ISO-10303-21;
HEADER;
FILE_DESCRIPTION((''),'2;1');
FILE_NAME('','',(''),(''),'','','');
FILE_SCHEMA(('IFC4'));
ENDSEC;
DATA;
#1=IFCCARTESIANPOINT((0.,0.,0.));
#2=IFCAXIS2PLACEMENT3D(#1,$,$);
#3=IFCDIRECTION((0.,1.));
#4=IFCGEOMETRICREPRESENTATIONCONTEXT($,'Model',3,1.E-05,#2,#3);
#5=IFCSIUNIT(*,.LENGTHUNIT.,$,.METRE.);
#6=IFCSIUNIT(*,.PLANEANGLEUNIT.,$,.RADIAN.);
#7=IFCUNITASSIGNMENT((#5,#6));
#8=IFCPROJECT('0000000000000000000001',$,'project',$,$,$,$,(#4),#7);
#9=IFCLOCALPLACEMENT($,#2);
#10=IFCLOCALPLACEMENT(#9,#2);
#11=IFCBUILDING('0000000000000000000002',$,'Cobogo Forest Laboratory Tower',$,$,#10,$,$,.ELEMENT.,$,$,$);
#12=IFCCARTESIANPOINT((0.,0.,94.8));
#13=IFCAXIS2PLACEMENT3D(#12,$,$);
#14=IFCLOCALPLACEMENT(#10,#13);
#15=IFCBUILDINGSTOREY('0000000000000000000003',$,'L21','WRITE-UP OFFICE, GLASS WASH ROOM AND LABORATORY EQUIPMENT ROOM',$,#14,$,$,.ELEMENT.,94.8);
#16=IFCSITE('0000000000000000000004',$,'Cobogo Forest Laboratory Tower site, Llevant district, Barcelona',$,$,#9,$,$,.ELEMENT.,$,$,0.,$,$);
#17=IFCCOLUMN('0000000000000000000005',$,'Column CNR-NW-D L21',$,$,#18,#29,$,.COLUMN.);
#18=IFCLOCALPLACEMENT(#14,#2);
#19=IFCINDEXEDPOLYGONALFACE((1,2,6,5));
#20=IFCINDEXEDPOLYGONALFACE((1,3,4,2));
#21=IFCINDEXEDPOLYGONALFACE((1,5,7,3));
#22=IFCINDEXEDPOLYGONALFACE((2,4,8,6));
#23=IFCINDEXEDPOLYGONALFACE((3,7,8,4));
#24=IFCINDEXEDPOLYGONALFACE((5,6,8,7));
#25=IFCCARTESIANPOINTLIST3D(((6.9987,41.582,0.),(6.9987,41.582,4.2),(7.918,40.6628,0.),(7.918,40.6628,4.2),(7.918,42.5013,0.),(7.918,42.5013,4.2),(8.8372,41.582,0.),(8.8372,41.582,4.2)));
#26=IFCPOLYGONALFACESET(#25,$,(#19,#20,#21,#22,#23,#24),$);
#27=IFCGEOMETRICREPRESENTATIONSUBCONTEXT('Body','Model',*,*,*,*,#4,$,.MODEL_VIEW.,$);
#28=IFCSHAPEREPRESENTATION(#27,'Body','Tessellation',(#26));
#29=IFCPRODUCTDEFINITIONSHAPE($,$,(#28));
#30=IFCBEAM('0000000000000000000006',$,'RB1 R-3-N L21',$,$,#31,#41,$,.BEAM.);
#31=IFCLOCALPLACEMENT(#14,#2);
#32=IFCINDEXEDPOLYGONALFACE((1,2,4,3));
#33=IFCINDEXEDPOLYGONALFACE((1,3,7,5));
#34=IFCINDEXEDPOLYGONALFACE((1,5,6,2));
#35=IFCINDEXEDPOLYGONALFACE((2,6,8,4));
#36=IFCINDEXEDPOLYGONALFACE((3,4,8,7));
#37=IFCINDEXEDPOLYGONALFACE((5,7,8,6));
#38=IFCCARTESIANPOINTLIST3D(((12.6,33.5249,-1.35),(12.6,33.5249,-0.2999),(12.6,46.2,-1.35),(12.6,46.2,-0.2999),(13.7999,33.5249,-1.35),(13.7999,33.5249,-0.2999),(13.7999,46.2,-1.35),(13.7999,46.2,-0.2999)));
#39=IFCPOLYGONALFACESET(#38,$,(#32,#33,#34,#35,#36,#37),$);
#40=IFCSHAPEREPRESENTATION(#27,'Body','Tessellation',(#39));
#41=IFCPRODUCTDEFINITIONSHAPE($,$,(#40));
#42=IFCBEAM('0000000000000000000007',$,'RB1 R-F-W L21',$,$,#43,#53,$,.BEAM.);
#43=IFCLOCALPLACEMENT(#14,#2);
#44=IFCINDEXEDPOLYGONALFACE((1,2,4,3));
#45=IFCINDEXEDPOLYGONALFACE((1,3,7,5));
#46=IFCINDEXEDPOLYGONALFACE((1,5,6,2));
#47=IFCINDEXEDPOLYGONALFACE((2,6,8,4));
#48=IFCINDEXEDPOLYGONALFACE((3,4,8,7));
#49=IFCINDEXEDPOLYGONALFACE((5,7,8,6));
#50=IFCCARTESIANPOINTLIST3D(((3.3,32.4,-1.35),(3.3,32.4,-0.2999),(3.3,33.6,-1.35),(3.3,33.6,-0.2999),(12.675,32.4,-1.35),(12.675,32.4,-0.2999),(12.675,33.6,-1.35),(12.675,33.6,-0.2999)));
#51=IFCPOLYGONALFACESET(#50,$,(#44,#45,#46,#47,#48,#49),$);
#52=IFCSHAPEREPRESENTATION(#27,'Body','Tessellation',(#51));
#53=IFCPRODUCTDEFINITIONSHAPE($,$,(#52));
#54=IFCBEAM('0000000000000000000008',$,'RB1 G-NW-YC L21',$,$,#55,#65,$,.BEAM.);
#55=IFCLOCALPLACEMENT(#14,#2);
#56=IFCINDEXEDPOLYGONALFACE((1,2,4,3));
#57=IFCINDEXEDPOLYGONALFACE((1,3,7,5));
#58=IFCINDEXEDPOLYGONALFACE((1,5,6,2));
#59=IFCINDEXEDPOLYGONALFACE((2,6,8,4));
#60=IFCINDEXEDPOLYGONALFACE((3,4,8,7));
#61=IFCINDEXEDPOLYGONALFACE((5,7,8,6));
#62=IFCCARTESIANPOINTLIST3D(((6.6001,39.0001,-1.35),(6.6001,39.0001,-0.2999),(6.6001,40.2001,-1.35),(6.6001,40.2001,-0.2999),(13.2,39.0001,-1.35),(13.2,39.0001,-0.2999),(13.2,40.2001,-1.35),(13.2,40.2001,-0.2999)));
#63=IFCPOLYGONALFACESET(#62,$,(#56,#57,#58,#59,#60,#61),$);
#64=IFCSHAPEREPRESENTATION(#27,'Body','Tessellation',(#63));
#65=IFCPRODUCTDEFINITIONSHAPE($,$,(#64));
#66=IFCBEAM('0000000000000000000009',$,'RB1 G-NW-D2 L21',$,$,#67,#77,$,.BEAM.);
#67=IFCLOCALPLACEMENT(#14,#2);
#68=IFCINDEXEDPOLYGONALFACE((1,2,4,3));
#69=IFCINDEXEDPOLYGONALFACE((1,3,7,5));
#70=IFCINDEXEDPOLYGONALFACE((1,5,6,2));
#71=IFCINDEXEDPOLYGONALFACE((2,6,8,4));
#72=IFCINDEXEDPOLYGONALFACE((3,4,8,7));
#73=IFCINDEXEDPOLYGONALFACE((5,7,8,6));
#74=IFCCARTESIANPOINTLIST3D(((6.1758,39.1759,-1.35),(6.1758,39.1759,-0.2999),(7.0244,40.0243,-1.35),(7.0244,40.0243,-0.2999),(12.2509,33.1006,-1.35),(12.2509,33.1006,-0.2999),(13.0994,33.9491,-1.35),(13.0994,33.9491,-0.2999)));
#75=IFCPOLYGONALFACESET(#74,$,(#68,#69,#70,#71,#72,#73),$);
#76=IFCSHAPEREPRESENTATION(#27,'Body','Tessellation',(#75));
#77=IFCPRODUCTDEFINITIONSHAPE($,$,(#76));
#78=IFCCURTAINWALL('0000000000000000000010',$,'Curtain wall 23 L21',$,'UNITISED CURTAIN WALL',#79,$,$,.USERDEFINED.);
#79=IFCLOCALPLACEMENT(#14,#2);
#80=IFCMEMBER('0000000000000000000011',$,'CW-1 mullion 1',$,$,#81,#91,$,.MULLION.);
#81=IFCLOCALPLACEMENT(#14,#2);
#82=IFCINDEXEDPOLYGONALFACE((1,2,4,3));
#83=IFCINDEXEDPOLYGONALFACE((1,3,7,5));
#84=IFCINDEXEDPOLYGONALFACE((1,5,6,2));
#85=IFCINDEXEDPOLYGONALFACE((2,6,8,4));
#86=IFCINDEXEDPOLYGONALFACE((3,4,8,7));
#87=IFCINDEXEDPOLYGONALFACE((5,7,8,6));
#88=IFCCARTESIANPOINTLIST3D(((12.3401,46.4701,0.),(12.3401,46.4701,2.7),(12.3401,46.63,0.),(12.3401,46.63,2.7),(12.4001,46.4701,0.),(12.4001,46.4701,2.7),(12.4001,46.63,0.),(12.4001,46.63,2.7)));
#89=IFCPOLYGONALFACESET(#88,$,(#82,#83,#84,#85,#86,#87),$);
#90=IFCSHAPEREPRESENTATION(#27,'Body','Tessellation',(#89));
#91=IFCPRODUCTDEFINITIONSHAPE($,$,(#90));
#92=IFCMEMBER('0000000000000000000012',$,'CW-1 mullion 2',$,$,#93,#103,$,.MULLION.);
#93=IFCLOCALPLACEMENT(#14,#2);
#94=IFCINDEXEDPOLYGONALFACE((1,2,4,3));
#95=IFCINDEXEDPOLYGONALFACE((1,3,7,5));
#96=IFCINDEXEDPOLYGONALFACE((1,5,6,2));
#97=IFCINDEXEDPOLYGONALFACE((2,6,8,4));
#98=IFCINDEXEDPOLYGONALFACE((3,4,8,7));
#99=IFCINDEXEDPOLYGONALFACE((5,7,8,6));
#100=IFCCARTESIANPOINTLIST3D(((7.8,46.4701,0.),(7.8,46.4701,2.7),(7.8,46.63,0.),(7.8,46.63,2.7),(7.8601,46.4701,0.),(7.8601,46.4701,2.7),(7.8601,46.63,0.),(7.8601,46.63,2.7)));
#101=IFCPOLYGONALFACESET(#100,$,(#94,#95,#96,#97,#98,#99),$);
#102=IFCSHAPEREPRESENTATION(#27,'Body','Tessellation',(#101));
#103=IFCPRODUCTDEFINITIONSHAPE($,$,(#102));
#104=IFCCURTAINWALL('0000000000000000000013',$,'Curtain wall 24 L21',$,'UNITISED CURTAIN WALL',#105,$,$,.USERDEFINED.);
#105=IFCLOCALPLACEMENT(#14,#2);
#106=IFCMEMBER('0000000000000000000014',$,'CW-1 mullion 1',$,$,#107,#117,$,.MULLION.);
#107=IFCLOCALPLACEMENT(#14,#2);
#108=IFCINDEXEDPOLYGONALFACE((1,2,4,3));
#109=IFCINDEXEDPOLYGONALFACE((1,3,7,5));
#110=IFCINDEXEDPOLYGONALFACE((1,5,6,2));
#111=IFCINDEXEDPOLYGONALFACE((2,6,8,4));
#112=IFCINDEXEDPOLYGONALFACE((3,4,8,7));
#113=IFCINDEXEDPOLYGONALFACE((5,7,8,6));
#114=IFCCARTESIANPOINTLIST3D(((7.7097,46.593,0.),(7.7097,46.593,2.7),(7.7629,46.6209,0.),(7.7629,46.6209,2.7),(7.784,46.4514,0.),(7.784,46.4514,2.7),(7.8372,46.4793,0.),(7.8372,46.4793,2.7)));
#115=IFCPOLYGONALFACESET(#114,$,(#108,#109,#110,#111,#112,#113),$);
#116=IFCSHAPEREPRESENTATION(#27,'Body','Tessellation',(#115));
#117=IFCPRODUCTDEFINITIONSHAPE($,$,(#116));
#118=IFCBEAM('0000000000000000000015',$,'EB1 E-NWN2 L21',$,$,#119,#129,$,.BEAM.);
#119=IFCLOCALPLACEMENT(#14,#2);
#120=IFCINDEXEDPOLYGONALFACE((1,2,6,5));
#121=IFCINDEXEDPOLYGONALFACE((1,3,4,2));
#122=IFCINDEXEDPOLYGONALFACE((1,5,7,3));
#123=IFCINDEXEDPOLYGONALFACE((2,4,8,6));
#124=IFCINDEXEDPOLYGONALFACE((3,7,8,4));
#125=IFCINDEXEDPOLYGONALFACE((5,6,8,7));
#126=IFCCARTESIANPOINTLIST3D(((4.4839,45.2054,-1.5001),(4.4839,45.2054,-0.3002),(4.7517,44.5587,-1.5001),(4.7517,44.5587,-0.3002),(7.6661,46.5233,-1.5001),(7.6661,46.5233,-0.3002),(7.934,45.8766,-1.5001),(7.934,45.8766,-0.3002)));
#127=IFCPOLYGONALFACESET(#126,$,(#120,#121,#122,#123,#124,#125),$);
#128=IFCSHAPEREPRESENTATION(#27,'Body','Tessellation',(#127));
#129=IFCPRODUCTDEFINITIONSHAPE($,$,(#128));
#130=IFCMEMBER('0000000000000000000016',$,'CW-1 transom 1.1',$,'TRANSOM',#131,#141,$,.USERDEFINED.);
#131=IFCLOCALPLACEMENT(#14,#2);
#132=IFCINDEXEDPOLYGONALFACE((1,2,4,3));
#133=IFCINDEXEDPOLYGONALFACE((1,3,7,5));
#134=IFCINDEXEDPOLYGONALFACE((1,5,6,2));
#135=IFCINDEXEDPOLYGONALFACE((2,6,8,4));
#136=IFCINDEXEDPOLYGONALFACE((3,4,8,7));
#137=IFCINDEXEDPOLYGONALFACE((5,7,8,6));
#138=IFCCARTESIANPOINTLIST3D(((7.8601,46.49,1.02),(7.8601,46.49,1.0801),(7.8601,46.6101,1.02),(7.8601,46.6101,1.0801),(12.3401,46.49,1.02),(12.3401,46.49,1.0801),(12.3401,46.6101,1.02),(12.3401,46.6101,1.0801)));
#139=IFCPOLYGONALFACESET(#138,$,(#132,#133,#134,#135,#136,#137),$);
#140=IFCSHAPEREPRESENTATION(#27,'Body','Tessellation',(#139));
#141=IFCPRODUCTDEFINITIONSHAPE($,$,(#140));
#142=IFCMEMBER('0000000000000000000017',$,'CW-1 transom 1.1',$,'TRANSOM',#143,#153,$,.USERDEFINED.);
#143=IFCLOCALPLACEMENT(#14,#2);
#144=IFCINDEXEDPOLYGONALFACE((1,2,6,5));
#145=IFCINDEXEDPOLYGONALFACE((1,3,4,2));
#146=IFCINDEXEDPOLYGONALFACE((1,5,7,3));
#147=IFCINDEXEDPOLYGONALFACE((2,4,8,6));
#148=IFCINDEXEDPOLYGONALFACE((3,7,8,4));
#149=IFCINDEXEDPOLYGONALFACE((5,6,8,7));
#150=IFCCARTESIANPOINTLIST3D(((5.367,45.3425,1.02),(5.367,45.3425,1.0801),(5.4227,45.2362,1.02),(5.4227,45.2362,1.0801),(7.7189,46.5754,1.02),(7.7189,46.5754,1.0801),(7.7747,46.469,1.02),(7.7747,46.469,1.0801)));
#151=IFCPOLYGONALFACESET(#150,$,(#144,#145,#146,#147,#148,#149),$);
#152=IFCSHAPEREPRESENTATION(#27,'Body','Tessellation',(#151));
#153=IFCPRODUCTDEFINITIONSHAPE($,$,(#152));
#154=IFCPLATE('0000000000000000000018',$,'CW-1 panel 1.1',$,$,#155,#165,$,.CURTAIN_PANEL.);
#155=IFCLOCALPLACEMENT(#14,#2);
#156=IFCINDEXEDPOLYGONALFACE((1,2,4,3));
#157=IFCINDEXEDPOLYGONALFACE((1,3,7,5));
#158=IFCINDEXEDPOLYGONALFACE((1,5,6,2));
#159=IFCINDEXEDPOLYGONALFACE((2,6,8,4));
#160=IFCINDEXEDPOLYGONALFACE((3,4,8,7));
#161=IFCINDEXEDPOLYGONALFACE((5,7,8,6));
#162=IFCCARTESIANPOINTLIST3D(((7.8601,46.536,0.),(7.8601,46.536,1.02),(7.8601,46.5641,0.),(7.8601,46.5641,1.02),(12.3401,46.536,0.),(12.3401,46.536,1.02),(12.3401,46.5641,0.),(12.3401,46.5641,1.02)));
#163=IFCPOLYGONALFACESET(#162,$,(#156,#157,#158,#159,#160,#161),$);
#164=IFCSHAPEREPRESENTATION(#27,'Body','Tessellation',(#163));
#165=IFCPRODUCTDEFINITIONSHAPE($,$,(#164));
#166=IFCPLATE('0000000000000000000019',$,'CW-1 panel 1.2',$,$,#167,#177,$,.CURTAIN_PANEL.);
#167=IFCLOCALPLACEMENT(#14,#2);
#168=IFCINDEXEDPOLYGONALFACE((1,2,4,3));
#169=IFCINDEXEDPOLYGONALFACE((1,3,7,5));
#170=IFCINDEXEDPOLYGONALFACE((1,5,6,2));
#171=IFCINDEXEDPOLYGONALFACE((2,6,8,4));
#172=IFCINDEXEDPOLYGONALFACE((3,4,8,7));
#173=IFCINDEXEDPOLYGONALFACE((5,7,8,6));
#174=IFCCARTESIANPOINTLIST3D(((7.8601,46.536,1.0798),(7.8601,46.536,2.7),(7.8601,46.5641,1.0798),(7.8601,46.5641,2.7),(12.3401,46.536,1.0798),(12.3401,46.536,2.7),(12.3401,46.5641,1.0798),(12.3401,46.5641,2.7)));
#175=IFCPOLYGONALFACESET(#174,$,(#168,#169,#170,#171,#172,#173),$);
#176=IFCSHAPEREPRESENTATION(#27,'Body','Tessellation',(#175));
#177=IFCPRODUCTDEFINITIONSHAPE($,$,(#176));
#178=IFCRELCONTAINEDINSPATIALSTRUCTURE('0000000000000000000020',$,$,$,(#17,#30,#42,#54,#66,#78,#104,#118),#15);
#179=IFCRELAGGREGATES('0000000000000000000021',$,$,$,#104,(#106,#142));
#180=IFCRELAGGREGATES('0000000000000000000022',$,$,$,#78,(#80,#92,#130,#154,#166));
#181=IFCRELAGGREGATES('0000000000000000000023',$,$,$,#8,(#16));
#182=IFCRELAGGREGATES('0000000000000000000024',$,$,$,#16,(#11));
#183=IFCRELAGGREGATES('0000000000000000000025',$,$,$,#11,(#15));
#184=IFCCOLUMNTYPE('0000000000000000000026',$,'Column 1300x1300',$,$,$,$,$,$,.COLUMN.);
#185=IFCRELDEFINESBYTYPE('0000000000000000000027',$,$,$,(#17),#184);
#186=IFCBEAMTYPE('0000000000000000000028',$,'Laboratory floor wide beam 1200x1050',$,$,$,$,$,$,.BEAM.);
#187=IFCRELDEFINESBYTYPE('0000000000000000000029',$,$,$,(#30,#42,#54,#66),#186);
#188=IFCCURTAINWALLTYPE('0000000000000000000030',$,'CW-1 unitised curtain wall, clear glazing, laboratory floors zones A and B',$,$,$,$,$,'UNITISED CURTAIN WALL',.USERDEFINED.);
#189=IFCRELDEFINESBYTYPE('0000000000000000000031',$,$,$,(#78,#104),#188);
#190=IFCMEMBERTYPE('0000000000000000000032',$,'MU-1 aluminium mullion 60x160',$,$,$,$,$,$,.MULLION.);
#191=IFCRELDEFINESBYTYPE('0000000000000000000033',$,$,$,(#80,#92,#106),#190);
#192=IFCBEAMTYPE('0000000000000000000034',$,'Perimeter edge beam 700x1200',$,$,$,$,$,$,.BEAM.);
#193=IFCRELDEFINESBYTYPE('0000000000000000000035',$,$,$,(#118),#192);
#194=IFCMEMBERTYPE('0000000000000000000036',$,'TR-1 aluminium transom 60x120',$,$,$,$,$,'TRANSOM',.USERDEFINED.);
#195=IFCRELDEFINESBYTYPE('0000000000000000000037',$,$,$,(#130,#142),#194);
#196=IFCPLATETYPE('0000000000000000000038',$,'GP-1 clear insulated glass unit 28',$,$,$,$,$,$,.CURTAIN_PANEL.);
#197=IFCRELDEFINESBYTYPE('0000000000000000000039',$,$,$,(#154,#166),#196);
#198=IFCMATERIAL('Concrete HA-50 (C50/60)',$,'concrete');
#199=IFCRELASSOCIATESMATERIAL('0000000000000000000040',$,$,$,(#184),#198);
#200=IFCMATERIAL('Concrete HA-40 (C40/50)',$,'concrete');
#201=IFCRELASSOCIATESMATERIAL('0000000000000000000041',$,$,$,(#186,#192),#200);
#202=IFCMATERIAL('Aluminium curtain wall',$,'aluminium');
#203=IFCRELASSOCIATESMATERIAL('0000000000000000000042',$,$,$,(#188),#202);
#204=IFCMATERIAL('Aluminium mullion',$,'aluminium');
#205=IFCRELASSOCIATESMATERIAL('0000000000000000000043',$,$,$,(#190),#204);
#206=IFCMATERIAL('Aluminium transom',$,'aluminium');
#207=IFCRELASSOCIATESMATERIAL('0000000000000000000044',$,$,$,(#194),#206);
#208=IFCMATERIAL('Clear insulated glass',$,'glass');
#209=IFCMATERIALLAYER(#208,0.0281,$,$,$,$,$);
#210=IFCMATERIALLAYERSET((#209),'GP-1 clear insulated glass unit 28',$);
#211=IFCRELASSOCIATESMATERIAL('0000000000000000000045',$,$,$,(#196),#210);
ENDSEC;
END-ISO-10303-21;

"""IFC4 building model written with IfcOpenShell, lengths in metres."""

from ifc_helpers import new_model, si_unit, direction, frame, origin, origin_2d, place, context, subcontext, project, spatial, rectangle, extrude, material, layer, layer_set, material_profile, profile_set, type_object, element, aggregate, save


model = new_model("IFC4")

# Units and contexts
model_context = context("Model", 3, precision=1e-05, world=origin(), true_north=direction((0.0, 1.0)))
body_context = subcontext(model_context, "Body", "Model", "MODEL_VIEW")
ifc_project = project(units=[si_unit("LENGTHUNIT", "METRE"), si_unit("PLANEANGLEUNIT", "RADIAN")], contexts=[model_context])

# Site, building, storey
site_placement = place(None, origin())
site = spatial("IfcSite", under=ifc_project, at=site_placement, Name="Cobogo Forest Laboratory Tower site, Llevant district, Barcelona", CompositionType="ELEMENT", RefElevation=0.0)
building_placement = place(site_placement, origin())
building = spatial("IfcBuilding", under=site, at=building_placement, Name="Cobogo Forest Laboratory Tower", CompositionType="ELEMENT")
storey_placement = place(building_placement, frame((0.0, 0.0, 94.8)))
storey = spatial("IfcBuildingStorey", under=building, at=storey_placement, Name="L21", Description="WRITE-UP OFFICE, GLASS WASH ROOM AND LABORATORY EQUIPMENT ROOM", CompositionType="ELEMENT", Elevation=94.8)

# Column
ifc_material_1 = material(Name="Concrete HA-50 (C50/60)", Category="concrete")
ifc_material_profile_1 = material_profile(ifc_material_1, rectangle(XDim=1.3, YDim=1.3, at=origin_2d()), Name="RC 1300x1300")
ifc_profile_set_1 = profile_set([ifc_material_profile_1], Name="Concrete HA-50 (C50/60)")
column_type = type_object("IfcColumnType", Name="Column 1300x1300", PredefinedType="COLUMN", material=ifc_profile_set_1)
column_placement = place(storey_placement, frame((7.918, 41.582, 0.0), z_axis=(0.0, 0.0, 1.0), x_axis=(0.707107, 0.707107, 0.0)))
element("IfcColumn", 1, at=column_placement, inside=storey, type_object=column_type, Name="Column CNR-NW-D L21", PredefinedType="COLUMN", context=body_context, shape_type="SweptSolid", body=[
    extrude(rectangle(XDim=1.3, YDim=1.3, at=origin_2d()), origin(), (0.0, 0.0, 1.0), 4.2),
])

# Beams
ifc_material_2 = material(Name="Concrete HA-40 (C40/50)", Category="concrete")
ifc_material_profile_2 = material_profile(ifc_material_2, rectangle(XDim=1.2, YDim=1.05, at=origin_2d()), Name="RC 1200x1050")
ifc_profile_set_2 = profile_set([ifc_material_profile_2], Name="Concrete HA-40 (C40/50)")
beam_type_1 = type_object("IfcBeamType", Name="Laboratory floor wide beam 1200x1050", PredefinedType="BEAM", material=ifc_profile_set_2)
beam_1_placement = place(storey_placement, frame((13.2, 33.5249, -0.825), z_axis=(0.0, 1.0, 0.0), x_axis=(-1.0, 0.0, 0.0)))
element("IfcBeam", 2, at=beam_1_placement, inside=storey, type_object=beam_type_1, Name="RB1 R-3-N L21", PredefinedType="BEAM", context=body_context, shape_type="SweptSolid", body=[
    extrude(rectangle(XDim=1.2, YDim=1.05, at=origin_2d()), origin(), (0.0, 0.0, 1.0), 12.675),
])
beam_2_placement = place(storey_placement, frame((12.675, 33.0, -0.825), z_axis=(-1.0, 0.0, 0.0), x_axis=(0.0, -1.0, 0.0)))
element("IfcBeam", 3, at=beam_2_placement, inside=storey, type_object=beam_type_1, Name="RB1 R-F-W L21", PredefinedType="BEAM", context=body_context, shape_type="SweptSolid", body=[
    extrude(rectangle(XDim=1.2, YDim=1.05, at=origin_2d()), origin(), (0.0, 0.0, 1.0), 9.375),
])
beam_3_placement = place(storey_placement, frame((6.6001, 39.6001, -0.825), z_axis=(1.0, 0.0, 0.0), x_axis=(0.0, 1.0, 0.0)))
element("IfcBeam", 4, at=beam_3_placement, inside=storey, type_object=beam_type_1, Name="RB1 G-NW-YC L21", PredefinedType="BEAM", context=body_context, shape_type="SweptSolid", body=[
    extrude(rectangle(XDim=1.2, YDim=1.05, at=origin_2d()), origin(), (0.0, 0.0, 1.0), 6.5999),
])
beam_4_placement = place(storey_placement, frame((6.6001, 39.6001, -0.825), z_axis=(0.707093, -0.707121, 0.0), x_axis=(0.707121, 0.707093, 0.0)))
element("IfcBeam", 5, at=beam_4_placement, inside=storey, type_object=beam_type_1, Name="RB1 G-NW-D2 L21", PredefinedType="BEAM", context=body_context, shape_type="SweptSolid", body=[
    extrude(rectangle(XDim=1.2, YDim=1.05, at=origin_2d()), origin(), (0.0, 0.0, 1.0), 8.5916),
])

# Curtain wall, members
ifc_material_3 = material(Name="Aluminium curtain wall", Category="aluminium")
curtain_wall_type = type_object("IfcCurtainWallType", Name="CW-1 unitised curtain wall, clear glazing, laboratory floors zones A and B", ElementType="UNITISED CURTAIN WALL", PredefinedType="USERDEFINED", material=ifc_material_3)
curtain_wall_1_placement = place(storey_placement, origin())
curtain_wall_1 = element("IfcCurtainWall", 6, at=curtain_wall_1_placement, inside=storey, type_object=curtain_wall_type, Name="Curtain wall 23 L21", ObjectType="UNITISED CURTAIN WALL", PredefinedType="USERDEFINED")
ifc_material_4 = material(Name="Aluminium mullion", Category="aluminium")
ifc_material_profile_3 = material_profile(ifc_material_4, rectangle(XDim=0.0601, YDim=0.1599, at=origin_2d()), Name="AL 60x160")
ifc_profile_set_3 = profile_set([ifc_material_profile_3], Name="Aluminium mullion")
member_type_1 = type_object("IfcMemberType", Name="MU-1 aluminium mullion 60x160", PredefinedType="MULLION", material=ifc_profile_set_3)
member_1_placement = place(storey_placement, frame((12.3701, 46.55, 0.0), z_axis=(0.0, 0.0, 1.0), x_axis=(-1.0, 0.0, 0.0)))
member_1 = element("IfcMember", 7, at=member_1_placement, type_object=member_type_1, Name="CW-1 mullion 1", PredefinedType="MULLION", context=body_context, shape_type="SweptSolid", body=[
    extrude(rectangle(XDim=0.0601, YDim=0.1599, at=origin_2d()), origin(), (0.0, 0.0, 1.0), 2.7),
])
member_2_placement = place(storey_placement, frame((7.8301, 46.55, 0.0), z_axis=(0.0, 0.0, 1.0), x_axis=(-1.0, 0.0, 0.0)))
member_2 = element("IfcMember", 8, at=member_2_placement, type_object=member_type_1, Name="CW-1 mullion 2", PredefinedType="MULLION", context=body_context, shape_type="SweptSolid", body=[
    extrude(rectangle(XDim=0.0601, YDim=0.1599, at=origin_2d()), origin(), (0.0, 0.0, 1.0), 2.7),
])

# Curtain wall, member
curtain_wall_2_placement = place(storey_placement, origin())
curtain_wall_2 = element("IfcCurtainWall", 9, at=curtain_wall_2_placement, inside=storey, type_object=curtain_wall_type, Name="Curtain wall 24 L21", ObjectType="UNITISED CURTAIN WALL", PredefinedType="USERDEFINED")
member_3_placement = place(storey_placement, frame((7.7734, 46.5361, 0.0), z_axis=(0.0, 0.0, 1.0), x_axis=(-0.885687, -0.464284, 0.0)))
member_3 = element("IfcMember", 10, at=member_3_placement, type_object=member_type_1, Name="CW-1 mullion 1", PredefinedType="MULLION", context=body_context, shape_type="SweptSolid", body=[
    extrude(rectangle(XDim=0.0601, YDim=0.1599, at=origin_2d()), origin(), (0.0, 0.0, 1.0), 2.7),
])

# Beam
ifc_material_profile_4 = material_profile(ifc_material_2, rectangle(XDim=0.7, YDim=1.2, at=origin_2d()), Name="RC 700x1200")
ifc_profile_set_4 = profile_set([ifc_material_profile_4], Name="Concrete HA-40 (C40/50)")
beam_type_2 = type_object("IfcBeamType", Name="Perimeter edge beam 700x1200", PredefinedType="BEAM", material=ifc_profile_set_4)
beam_5_placement = place(storey_placement, frame((7.8, 46.2, -0.9001), z_axis=(-0.923901, -0.382631, 0.0), x_axis=(0.382631, -0.923901, 0.0)))
element("IfcBeam", 11, at=beam_5_placement, inside=storey, type_object=beam_type_2, Name="EB1 E-NWN2 L21", PredefinedType="BEAM", context=body_context, shape_type="SweptSolid", body=[
    extrude(rectangle(XDim=0.7, YDim=1.2, at=origin_2d()), origin(), (0.0, 0.0, 1.0), 3.4443),
])

# Members
ifc_material_5 = material(Name="Aluminium transom", Category="aluminium")
ifc_material_profile_5 = material_profile(ifc_material_5, rectangle(XDim=0.1201, YDim=0.0601, at=origin_2d()), Name="AL 60x120")
ifc_profile_set_5 = profile_set([ifc_material_profile_5], Name="Aluminium transom")
member_type_2 = type_object("IfcMemberType", Name="TR-1 aluminium transom 60x120", ElementType="TRANSOM", PredefinedType="USERDEFINED", material=ifc_profile_set_5)
member_4_placement = place(storey_placement, frame((12.3401, 46.55, 1.05), z_axis=(-1.0, 0.0, 0.0), x_axis=(0.0, -1.0, 0.0)))
member_4 = element("IfcMember", 12, at=member_4_placement, type_object=member_type_2, Name="CW-1 transom 1.1", ObjectType="TRANSOM", PredefinedType="USERDEFINED", context=body_context, shape_type="SweptSolid", body=[
    extrude(rectangle(XDim=0.1201, YDim=0.0601, at=origin_2d()), origin(), (0.0, 0.0, 1.0), 4.48),
])
member_5_placement = place(storey_placement, frame((7.7468, 46.5222, 1.05), z_axis=(-0.885695, -0.464268, 0.0), x_axis=(0.464268, -0.885695, 0.0)))
member_5 = element("IfcMember", 13, at=member_5_placement, type_object=member_type_2, Name="CW-1 transom 1.1", ObjectType="TRANSOM", PredefinedType="USERDEFINED", context=body_context, shape_type="SweptSolid", body=[
    extrude(rectangle(XDim=0.1201, YDim=0.0601, at=origin_2d()), origin(), (0.0, 0.0, 1.0), 2.6555),
])
aggregate(curtain_wall_2, [member_3, member_5])

# Plates
ifc_material_6 = material(Name="Clear insulated glass", Category="glass")
ifc_layer_1 = layer(ifc_material_6, 0.0281)
ifc_layer_set_1 = layer_set([ifc_layer_1], Name="GP-1 clear insulated glass unit 28")
plate_type = type_object("IfcPlateType", Name="GP-1 clear insulated glass unit 28", PredefinedType="CURTAIN_PANEL", material=ifc_layer_set_1)
plate_1_placement = place(storey_placement, frame((10.1001, 46.55, 0.0), z_axis=(0.0, 0.0, 1.0), x_axis=(-1.0, 0.0, 0.0)))
plate_1 = element("IfcPlate", 14, at=plate_1_placement, type_object=plate_type, Name="CW-1 panel 1.1", PredefinedType="CURTAIN_PANEL", context=body_context, shape_type="SweptSolid", body=[
    extrude(rectangle(XDim=4.48, YDim=0.0281, at=origin_2d()), origin(), (0.0, 0.0, 1.0), 1.02),
])
plate_2_placement = place(storey_placement, frame((10.1001, 46.55, 1.0798), z_axis=(0.0, 0.0, 1.0), x_axis=(-1.0, 0.0, 0.0)))
plate_2 = element("IfcPlate", 15, at=plate_2_placement, type_object=plate_type, Name="CW-1 panel 1.2", PredefinedType="CURTAIN_PANEL", context=body_context, shape_type="SweptSolid", body=[
    extrude(rectangle(XDim=4.48, YDim=0.0281, at=origin_2d()), origin(), (0.0, 0.0, 1.0), 1.6201),
])
aggregate(curtain_wall_1, [member_1, member_2, member_4, plate_1, plate_2])

save(model, "model.ifc")
